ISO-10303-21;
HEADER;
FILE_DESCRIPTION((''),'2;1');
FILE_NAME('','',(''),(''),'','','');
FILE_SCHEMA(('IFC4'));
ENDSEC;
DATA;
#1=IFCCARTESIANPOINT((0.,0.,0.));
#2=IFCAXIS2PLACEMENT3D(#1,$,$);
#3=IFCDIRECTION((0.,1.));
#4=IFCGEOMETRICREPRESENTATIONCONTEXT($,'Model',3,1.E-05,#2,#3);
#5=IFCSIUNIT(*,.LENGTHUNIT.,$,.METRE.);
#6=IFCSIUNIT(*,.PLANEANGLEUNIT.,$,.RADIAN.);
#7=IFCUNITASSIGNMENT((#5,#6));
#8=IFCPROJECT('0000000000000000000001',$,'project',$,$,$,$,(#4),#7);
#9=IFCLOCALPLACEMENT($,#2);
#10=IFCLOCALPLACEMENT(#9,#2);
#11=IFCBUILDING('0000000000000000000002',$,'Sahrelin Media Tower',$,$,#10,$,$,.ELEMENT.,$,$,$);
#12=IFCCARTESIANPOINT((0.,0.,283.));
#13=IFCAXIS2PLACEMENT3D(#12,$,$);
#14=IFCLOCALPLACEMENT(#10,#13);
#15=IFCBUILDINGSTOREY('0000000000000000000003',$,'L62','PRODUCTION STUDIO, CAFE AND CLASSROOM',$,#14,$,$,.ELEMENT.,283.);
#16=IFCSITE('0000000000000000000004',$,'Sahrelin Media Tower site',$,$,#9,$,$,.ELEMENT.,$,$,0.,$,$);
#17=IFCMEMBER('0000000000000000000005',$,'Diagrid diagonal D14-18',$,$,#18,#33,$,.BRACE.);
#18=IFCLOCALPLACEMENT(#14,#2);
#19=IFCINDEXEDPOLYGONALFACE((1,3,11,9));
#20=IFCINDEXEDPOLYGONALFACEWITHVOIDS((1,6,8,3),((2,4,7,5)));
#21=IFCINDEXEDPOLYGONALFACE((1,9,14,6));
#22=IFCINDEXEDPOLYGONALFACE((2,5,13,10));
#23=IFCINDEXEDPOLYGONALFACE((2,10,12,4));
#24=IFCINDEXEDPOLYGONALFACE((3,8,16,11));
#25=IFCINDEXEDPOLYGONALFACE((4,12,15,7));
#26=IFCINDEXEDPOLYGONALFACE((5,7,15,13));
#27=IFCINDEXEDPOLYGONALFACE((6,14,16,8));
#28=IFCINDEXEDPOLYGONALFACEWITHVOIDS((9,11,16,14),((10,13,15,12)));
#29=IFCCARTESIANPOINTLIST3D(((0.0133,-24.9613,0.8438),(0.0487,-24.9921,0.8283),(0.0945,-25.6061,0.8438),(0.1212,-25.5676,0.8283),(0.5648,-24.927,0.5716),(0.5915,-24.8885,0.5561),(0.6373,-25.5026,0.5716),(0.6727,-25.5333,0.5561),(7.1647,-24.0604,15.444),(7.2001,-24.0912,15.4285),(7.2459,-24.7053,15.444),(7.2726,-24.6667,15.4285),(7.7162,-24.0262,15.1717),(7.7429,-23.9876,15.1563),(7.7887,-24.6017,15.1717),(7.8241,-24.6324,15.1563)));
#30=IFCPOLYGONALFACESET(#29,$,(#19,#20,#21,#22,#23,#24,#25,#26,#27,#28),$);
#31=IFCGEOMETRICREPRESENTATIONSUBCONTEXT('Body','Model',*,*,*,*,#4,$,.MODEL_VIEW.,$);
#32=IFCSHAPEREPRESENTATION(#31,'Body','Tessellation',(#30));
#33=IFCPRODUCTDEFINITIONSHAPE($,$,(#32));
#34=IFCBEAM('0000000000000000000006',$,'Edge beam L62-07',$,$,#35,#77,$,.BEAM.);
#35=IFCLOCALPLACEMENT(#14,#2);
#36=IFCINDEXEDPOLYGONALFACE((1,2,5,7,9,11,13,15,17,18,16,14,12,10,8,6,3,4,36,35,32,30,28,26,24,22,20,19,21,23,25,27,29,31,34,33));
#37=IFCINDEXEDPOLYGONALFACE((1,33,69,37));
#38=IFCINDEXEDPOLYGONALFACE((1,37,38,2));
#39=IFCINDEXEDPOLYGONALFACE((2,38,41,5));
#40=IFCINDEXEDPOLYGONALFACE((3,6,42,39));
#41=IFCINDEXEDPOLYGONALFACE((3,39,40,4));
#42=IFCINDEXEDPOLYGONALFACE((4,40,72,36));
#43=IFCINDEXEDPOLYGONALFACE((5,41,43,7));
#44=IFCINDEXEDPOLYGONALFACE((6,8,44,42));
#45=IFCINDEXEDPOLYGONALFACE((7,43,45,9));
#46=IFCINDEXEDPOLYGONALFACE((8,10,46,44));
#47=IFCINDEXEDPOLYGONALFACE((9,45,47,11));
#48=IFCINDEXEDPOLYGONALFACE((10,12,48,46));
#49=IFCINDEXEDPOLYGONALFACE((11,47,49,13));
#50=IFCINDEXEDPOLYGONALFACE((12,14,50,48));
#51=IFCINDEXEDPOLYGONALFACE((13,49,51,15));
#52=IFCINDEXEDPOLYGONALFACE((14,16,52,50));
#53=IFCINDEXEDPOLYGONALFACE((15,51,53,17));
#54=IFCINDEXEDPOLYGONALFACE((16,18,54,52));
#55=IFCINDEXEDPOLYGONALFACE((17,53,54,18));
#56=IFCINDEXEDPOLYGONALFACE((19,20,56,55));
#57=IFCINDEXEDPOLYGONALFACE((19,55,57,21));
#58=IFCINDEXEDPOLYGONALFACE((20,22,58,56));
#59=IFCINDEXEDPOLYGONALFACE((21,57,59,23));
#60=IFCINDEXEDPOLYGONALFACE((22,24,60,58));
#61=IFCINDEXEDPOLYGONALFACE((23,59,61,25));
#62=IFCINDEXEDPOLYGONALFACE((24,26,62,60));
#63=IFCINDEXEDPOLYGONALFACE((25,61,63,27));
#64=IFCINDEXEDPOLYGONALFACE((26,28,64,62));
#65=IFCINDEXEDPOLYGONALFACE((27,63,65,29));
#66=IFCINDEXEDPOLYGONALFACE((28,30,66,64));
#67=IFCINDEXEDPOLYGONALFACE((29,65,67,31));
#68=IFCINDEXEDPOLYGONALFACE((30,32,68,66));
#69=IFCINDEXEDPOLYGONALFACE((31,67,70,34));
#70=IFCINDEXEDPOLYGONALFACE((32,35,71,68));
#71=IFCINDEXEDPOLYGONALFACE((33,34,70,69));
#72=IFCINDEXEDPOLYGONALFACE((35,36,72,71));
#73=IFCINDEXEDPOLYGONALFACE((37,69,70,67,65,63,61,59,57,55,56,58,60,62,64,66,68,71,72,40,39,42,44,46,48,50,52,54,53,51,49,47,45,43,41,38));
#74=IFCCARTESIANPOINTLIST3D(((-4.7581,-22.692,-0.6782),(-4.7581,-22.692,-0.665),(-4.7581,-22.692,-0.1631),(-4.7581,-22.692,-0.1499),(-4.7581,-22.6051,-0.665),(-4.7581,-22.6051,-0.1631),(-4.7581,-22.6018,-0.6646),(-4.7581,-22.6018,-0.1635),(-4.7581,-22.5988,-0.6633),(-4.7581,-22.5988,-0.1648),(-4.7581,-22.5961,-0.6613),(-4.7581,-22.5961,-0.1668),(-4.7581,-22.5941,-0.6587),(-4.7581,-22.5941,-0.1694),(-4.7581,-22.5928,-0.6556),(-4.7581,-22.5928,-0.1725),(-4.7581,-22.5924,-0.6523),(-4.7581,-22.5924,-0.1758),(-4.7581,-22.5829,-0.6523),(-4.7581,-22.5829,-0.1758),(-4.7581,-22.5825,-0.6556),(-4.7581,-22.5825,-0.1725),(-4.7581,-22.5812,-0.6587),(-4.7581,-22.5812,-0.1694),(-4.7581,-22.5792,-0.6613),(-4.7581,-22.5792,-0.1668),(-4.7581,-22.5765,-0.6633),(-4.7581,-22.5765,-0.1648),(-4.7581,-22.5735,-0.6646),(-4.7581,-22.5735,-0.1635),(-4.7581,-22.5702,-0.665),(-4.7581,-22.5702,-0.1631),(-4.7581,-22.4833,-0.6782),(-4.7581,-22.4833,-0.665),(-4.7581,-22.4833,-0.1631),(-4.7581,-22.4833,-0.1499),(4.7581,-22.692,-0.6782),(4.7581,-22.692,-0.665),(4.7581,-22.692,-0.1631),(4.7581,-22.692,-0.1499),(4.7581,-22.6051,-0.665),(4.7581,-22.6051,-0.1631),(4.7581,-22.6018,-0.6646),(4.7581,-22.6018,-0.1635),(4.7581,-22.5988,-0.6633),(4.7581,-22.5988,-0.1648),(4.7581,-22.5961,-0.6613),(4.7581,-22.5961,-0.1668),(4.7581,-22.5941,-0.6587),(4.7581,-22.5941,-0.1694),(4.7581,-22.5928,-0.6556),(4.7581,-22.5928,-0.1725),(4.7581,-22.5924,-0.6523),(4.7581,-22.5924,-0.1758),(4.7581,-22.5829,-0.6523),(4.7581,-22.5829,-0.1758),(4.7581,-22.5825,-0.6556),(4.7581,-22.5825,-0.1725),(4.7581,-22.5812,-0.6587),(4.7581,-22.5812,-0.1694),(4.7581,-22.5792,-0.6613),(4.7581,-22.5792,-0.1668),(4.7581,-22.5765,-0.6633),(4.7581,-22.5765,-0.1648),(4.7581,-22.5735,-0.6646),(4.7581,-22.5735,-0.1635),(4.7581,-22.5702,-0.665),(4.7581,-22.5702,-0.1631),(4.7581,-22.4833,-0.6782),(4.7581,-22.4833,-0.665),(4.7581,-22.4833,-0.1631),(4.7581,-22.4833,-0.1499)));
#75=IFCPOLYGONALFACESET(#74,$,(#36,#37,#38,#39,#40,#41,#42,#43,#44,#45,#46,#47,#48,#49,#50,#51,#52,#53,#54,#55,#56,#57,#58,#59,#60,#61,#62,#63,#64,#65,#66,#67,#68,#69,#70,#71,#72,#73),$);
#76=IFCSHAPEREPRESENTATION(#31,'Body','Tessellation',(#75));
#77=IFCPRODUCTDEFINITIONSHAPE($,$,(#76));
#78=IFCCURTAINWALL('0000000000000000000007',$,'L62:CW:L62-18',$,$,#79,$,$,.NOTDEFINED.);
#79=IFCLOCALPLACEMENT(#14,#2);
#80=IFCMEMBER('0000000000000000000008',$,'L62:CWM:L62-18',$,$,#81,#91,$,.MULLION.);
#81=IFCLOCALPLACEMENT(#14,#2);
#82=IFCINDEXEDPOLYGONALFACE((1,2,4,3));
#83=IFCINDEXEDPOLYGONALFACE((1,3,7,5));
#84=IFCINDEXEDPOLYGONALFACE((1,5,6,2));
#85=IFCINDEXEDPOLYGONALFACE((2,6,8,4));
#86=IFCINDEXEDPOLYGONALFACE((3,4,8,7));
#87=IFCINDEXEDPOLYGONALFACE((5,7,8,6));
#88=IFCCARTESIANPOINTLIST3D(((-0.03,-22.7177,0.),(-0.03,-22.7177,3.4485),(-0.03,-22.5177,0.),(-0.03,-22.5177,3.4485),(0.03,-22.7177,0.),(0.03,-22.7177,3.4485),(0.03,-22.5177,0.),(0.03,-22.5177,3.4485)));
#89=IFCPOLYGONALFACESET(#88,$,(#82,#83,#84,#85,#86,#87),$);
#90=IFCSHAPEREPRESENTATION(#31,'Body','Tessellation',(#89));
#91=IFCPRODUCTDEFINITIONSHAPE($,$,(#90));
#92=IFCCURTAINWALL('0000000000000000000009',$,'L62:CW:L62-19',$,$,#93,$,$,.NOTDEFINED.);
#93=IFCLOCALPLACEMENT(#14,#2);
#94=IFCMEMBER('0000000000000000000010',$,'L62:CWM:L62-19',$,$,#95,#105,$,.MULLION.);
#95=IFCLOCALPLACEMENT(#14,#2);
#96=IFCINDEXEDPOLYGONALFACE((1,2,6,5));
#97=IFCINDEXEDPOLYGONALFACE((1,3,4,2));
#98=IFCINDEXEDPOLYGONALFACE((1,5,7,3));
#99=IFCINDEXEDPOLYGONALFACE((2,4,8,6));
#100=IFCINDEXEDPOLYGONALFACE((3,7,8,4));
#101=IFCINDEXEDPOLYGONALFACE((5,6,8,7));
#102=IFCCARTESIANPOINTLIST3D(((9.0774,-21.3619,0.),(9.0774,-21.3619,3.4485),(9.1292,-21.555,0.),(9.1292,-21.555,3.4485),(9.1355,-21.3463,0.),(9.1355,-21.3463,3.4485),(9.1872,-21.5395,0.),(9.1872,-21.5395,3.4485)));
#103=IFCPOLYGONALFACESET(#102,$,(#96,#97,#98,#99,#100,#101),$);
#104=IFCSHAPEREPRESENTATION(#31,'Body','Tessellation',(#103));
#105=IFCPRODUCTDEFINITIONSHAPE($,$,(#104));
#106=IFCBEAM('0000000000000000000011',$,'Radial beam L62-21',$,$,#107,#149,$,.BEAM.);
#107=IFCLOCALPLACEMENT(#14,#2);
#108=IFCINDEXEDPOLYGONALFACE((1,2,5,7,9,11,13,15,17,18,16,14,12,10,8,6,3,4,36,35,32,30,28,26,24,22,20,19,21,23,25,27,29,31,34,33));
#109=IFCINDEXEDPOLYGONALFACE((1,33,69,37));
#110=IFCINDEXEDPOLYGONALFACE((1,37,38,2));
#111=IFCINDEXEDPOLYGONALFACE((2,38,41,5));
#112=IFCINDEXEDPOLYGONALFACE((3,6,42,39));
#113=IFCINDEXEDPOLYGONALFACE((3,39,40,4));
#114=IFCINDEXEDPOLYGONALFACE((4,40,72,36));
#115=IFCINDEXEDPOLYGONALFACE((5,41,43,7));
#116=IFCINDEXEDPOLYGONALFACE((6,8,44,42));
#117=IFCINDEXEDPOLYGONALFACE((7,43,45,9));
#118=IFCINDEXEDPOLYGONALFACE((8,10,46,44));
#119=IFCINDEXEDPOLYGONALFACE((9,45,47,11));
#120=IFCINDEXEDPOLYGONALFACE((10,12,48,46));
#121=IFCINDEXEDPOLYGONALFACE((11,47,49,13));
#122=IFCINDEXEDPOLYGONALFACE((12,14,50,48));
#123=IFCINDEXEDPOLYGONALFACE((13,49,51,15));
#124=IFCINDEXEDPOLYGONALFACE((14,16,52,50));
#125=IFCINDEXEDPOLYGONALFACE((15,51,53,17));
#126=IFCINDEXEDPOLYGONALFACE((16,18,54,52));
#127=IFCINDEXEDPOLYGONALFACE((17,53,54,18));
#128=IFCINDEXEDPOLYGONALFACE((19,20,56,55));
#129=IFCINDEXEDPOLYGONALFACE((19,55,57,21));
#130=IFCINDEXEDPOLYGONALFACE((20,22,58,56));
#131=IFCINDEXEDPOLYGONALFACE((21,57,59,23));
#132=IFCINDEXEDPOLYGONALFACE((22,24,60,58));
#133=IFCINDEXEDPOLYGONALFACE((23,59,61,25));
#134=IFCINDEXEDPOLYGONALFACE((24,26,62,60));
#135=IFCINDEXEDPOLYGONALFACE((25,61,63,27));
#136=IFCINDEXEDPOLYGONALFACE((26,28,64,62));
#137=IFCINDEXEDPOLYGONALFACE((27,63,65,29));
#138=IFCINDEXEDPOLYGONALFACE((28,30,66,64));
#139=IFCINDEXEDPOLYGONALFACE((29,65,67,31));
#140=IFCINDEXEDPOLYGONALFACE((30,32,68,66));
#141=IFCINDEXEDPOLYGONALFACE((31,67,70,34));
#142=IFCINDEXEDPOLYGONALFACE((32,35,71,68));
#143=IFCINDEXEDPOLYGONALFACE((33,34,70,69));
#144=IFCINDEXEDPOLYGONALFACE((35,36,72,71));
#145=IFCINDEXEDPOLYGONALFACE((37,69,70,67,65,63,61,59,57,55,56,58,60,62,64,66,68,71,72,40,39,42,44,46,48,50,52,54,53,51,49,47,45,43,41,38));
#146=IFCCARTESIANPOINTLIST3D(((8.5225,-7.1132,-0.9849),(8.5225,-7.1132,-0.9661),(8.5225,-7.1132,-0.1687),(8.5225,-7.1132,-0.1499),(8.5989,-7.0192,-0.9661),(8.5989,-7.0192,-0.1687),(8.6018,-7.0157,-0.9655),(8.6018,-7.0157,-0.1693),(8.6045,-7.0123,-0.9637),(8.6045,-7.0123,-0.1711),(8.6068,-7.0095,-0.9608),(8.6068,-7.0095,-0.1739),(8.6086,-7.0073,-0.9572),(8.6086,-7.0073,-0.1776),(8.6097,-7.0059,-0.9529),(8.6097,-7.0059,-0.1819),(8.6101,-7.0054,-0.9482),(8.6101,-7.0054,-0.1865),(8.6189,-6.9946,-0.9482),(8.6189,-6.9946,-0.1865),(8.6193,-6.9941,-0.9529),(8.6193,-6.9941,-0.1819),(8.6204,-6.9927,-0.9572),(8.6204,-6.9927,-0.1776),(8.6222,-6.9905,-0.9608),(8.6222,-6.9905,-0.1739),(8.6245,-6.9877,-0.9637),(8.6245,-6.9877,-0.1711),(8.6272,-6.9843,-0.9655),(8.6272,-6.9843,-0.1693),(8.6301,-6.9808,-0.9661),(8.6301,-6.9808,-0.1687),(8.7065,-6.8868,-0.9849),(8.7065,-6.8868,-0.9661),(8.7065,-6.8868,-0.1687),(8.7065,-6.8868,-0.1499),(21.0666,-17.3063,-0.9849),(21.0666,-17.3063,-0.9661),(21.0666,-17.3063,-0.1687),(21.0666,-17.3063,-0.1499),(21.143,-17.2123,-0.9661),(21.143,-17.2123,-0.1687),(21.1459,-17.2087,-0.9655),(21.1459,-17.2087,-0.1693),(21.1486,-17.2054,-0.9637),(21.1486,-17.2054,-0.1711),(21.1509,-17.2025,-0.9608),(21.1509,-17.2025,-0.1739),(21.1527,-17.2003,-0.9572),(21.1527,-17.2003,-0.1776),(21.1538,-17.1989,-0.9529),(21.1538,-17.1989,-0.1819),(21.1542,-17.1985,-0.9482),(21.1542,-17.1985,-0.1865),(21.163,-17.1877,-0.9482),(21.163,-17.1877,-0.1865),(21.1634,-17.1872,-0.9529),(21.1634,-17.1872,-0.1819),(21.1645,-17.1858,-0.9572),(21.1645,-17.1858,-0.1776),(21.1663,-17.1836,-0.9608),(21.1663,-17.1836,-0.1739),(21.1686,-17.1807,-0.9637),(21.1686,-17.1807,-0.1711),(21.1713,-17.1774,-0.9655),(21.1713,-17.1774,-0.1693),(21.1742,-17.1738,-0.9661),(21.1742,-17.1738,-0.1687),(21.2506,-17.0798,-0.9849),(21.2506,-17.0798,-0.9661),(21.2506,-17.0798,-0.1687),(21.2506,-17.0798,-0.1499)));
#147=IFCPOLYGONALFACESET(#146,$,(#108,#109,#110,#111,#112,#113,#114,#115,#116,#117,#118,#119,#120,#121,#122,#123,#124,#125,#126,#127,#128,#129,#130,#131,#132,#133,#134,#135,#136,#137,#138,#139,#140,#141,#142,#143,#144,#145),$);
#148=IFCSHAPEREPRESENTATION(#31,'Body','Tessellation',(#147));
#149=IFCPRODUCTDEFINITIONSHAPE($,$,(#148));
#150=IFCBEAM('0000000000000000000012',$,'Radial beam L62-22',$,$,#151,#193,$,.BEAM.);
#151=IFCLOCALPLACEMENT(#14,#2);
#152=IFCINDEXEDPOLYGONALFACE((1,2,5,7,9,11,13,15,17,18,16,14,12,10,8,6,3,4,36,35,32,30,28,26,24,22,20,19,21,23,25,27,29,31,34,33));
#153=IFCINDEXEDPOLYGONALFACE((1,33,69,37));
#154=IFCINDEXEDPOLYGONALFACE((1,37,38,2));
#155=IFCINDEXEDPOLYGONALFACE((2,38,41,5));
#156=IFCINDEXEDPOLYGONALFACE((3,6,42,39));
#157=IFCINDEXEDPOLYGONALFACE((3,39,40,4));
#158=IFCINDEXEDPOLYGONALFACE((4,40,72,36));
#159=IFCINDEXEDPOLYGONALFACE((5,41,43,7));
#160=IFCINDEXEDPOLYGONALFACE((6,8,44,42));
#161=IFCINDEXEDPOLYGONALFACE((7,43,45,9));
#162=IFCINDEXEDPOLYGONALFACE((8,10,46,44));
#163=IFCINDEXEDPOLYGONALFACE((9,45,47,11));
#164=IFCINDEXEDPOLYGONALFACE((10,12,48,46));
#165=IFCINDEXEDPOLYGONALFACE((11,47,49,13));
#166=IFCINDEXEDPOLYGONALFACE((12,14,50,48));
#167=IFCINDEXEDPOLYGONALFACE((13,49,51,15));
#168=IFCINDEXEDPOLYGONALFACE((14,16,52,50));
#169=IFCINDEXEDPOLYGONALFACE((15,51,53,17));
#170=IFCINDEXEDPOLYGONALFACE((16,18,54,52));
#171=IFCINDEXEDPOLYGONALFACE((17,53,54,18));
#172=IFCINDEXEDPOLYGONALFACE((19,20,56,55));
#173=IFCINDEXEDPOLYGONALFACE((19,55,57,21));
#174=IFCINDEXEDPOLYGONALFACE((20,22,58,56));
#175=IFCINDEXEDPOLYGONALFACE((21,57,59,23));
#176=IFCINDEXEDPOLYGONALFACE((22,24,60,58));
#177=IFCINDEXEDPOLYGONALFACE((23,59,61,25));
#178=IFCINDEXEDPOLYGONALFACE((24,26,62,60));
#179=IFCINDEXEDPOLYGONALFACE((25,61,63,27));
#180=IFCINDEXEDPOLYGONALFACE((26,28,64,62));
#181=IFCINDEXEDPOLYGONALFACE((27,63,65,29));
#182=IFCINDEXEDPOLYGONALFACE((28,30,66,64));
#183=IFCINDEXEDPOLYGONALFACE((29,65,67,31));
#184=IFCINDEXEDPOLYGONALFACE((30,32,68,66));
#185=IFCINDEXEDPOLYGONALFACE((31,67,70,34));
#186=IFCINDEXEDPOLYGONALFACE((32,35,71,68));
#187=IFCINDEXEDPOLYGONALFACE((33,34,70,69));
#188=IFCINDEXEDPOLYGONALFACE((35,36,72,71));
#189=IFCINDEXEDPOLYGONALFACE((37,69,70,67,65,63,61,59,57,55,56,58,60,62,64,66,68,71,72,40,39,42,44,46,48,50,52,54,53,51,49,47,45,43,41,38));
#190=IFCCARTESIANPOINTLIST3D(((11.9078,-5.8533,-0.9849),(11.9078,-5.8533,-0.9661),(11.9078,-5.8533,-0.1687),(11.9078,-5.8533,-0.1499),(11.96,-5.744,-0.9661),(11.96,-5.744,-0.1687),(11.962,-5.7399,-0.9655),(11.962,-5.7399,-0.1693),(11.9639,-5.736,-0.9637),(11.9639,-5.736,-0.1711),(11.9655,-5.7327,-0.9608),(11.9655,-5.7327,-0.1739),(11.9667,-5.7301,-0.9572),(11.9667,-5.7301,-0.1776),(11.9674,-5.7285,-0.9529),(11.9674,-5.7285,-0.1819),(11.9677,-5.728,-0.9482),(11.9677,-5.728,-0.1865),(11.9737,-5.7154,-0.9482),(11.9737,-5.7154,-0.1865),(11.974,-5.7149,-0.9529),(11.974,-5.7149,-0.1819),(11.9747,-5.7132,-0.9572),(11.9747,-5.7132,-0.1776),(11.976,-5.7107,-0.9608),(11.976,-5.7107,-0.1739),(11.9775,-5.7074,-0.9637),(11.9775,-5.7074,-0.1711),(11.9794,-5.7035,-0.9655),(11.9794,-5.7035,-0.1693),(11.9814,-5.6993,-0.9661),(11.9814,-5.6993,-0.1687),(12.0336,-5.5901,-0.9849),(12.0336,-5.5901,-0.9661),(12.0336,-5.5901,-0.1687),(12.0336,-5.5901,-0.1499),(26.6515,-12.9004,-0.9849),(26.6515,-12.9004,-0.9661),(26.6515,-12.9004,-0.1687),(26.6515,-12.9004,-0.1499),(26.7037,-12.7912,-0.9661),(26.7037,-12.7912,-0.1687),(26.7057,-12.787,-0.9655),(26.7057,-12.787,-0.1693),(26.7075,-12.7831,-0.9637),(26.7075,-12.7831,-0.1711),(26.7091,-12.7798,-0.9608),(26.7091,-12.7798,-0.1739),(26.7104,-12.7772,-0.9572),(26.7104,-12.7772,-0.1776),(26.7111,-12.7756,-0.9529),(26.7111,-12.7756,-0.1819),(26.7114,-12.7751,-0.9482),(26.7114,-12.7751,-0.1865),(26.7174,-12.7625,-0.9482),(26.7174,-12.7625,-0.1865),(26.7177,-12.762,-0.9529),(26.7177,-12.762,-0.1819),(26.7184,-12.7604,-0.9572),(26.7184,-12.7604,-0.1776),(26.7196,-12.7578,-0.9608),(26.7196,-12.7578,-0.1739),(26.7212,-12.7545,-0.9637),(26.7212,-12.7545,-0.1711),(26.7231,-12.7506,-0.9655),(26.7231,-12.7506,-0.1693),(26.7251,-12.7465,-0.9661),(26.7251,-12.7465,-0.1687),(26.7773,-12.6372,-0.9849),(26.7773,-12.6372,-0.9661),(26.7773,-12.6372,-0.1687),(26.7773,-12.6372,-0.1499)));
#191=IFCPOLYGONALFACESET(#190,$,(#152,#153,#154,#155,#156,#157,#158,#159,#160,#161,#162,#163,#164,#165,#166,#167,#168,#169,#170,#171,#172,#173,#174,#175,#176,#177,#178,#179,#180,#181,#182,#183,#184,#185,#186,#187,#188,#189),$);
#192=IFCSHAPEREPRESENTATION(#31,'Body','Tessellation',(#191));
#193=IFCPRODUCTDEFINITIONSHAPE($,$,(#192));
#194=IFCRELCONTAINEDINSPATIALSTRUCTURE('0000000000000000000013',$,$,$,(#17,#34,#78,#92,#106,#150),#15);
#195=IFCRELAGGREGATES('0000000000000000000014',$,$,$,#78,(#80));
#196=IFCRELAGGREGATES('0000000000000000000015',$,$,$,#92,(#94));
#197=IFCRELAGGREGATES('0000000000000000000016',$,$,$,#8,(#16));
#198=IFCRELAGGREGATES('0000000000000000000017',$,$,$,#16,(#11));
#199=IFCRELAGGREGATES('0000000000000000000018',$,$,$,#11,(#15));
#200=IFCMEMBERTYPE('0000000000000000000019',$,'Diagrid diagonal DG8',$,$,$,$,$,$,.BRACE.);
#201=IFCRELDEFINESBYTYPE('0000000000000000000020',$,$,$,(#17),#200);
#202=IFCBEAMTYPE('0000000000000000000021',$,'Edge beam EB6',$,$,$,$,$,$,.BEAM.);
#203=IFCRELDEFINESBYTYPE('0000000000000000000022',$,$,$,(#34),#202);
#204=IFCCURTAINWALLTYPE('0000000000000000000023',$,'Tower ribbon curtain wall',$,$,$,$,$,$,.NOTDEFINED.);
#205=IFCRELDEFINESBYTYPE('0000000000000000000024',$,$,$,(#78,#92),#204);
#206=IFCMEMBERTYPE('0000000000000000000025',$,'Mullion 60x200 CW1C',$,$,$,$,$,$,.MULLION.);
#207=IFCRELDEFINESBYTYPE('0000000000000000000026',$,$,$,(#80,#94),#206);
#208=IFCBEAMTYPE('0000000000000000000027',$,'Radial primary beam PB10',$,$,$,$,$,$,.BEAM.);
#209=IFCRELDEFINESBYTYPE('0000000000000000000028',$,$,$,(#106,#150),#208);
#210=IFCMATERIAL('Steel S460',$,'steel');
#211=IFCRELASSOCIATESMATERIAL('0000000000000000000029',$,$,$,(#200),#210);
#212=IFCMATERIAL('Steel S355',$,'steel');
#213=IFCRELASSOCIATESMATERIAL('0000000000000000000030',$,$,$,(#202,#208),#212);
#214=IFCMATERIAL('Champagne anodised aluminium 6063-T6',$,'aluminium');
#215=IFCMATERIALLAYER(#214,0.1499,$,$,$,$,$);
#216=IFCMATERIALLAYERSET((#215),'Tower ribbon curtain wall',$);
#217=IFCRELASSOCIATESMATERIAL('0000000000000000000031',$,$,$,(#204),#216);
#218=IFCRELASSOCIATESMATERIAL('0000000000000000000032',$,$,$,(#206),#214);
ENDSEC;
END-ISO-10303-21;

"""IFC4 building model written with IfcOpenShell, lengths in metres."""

from ifc_helpers import new_model, si_unit, direction, frame, origin, origin_2d, place, context, subcontext, project, spatial, rectangle, hollow_rectangle, i_section, extrude, material, layer, layer_set, material_profile, profile_set, type_object, element, aggregate, save


model = new_model("IFC4")

# Units and contexts
model_context = context("Model", 3, precision=1e-05, world=origin(), true_north=direction((0.0, 1.0)))
body_context = subcontext(model_context, "Body", "Model", "MODEL_VIEW")
ifc_project = project(units=[si_unit("LENGTHUNIT", "METRE"), si_unit("PLANEANGLEUNIT", "RADIAN")], contexts=[model_context])

# Site, building, storey
site_placement = place(None, origin())
site = spatial("IfcSite", under=ifc_project, at=site_placement, Name="Sahrelin Media Tower site", CompositionType="ELEMENT", RefElevation=0.0)
building_placement = place(site_placement, origin())
building = spatial("IfcBuilding", under=site, at=building_placement, Name="Sahrelin Media Tower", CompositionType="ELEMENT")
storey_placement = place(building_placement, frame((0.0, 0.0, 283.0)))
storey = spatial("IfcBuildingStorey", under=building, at=storey_placement, Name="L62", Description="PRODUCTION STUDIO, CAFE AND CLASSROOM", CompositionType="ELEMENT", Elevation=283.0)

# Member
ifc_material_1 = material(Name="Steel S460", Category="steel")
ifc_material_profile_1 = material_profile(ifc_material_1, hollow_rectangle(XDim=0.6499, YDim=0.6499, WallThickness=0.0349, at=origin_2d()), Name="Diagrid diagonal DG8")
ifc_profile_set_1 = profile_set([ifc_material_profile_1], Name="Steel S460")
member_type_1 = type_object("IfcMemberType", Name="Diagrid diagonal DG8", PredefinedType="BRACE", material=ifc_profile_set_1)
member_1_placement = place(storey_placement, frame((0.343, -25.2473, 0.7), z_axis=(0.439208, 0.055328, 0.89668), x_axis=(-0.124985, 0.992159, 0.0)))
element("IfcMember", 1, at=member_1_placement, inside=storey, type_object=member_type_1, Name="Diagrid diagonal D14-18", PredefinedType="BRACE", context=body_context, shape_type="SweptSolid", body=[
    extrude(hollow_rectangle(XDim=0.6499, YDim=0.6499, WallThickness=0.0349, at=origin_2d()), origin(), (0.0, 0.0, 1.0), 16.2825),
])

# Beam
ifc_material_2 = material(Name="Steel S355", Category="steel")
ifc_material_profile_2 = material_profile(ifc_material_2, i_section(OverallWidth=0.2087, OverallDepth=0.5283, WebThickness=0.0095, FlangeThickness=0.0132, FilletRadius=0.0127, at=origin_2d()), Name="UB 533x210x82")
ifc_profile_set_2 = profile_set([ifc_material_profile_2], Name="Steel S355")
beam_type_1 = type_object("IfcBeamType", Name="Edge beam EB6", PredefinedType="BEAM", material=ifc_profile_set_2)
beam_1_placement = place(storey_placement, frame((4.7581, -22.5876, -0.4141), z_axis=(-1.0, 0.0, 0.0), x_axis=(0.0, -1.0, 0.0)))
element("IfcBeam", 2, at=beam_1_placement, inside=storey, type_object=beam_type_1, Name="Edge beam L62-07", PredefinedType="BEAM", context=body_context, shape_type="SweptSolid", body=[
    extrude(i_section(OverallWidth=0.2087, OverallDepth=0.5283, WebThickness=0.0095, FlangeThickness=0.0132, FilletRadius=0.0127, at=origin_2d()), origin(), (0.0, 0.0, 1.0), 9.5161),
])

# Curtain walls, members
ifc_material_3 = material(Name="Champagne anodised aluminium 6063-T6", Category="aluminium")
ifc_layer_1 = layer(ifc_material_3, 0.1499)
ifc_layer_set_1 = layer_set([ifc_layer_1], Name="Tower ribbon curtain wall")
curtain_wall_type = type_object("IfcCurtainWallType", Name="Tower ribbon curtain wall", PredefinedType="NOTDEFINED", material=ifc_layer_set_1)
curtain_wall_1_placement = place(storey_placement, frame((0.0, -22.7378, 0.0), z_axis=(0.0, 0.0, 1.0), x_axis=(1.0, 0.0, 0.0)))
curtain_wall_1 = element("IfcCurtainWall", 3, at=curtain_wall_1_placement, inside=storey, type_object=curtain_wall_type, Name="L62:CW:L62-18", PredefinedType="NOTDEFINED")
ifc_material_profile_3 = material_profile(ifc_material_3, rectangle(XDim=0.0601, YDim=0.2, at=origin_2d()), Name="Mullion 60x200")
ifc_profile_set_3 = profile_set([ifc_material_profile_3], Name="Champagne anodised aluminium 6063-T6")
member_type_2 = type_object("IfcMemberType", Name="Mullion 60x200 CW1C", PredefinedType="MULLION", material=ifc_profile_set_3)
member_2_placement = place(storey_placement, frame((0.0, -22.6177, 0.0), z_axis=(0.0, 0.0, 1.0), x_axis=(1.0, 0.0, 0.0)))
member_2 = element("IfcMember", 4, at=member_2_placement, type_object=member_type_2, Name="L62:CWM:L62-18", PredefinedType="MULLION", context=body_context, shape_type="SweptSolid", body=[
    extrude(rectangle(XDim=0.0601, YDim=0.2, at=origin_2d()), origin(), (0.0, 0.0, 1.0), 3.4485),
])
aggregate(curtain_wall_1, [member_2])
curtain_wall_2_placement = place(storey_placement, frame((9.1633, -21.5664, 0.0), z_axis=(0.0, 0.0, 1.0), x_axis=(1.0, 0.0, 0.0)))
curtain_wall_2 = element("IfcCurtainWall", 5, at=curtain_wall_2_placement, inside=storey, type_object=curtain_wall_type, Name="L62:CW:L62-19", PredefinedType="NOTDEFINED")
member_3_placement = place(storey_placement, frame((9.1323, -21.4507, 0.0), z_axis=(0.0, 0.0, 1.0), x_axis=(0.965928, 0.258812, 0.0)))
member_3 = element("IfcMember", 6, at=member_3_placement, type_object=member_type_2, Name="L62:CWM:L62-19", PredefinedType="MULLION", context=body_context, shape_type="SweptSolid", body=[
    extrude(rectangle(XDim=0.0601, YDim=0.2, at=origin_2d()), origin(), (0.0, 0.0, 1.0), 3.4485),
])

# Beams
ifc_material_profile_4 = material_profile(ifc_material_2, i_section(OverallWidth=0.2917, OverallDepth=0.835, WebThickness=0.0139, FlangeThickness=0.0188, FilletRadius=0.0178, at=origin_2d()), Name="UB 838x292x176")
ifc_profile_set_4 = profile_set([ifc_material_profile_4], Name="Steel S355")
beam_type_2 = type_object("IfcBeamType", Name="Radial primary beam PB10", PredefinedType="BEAM", material=ifc_profile_set_4)
beam_2_placement = place(storey_placement, frame((8.6145, -7.0, -0.5674), z_axis=(0.776085, -0.630628, 0.0), x_axis=(0.630628, 0.776085, 0.0)))
element("IfcBeam", 7, at=beam_2_placement, inside=storey, type_object=beam_type_2, Name="Radial beam L62-21", PredefinedType="BEAM", context=body_context, shape_type="SweptSolid", body=[
    extrude(i_section(OverallWidth=0.2917, OverallDepth=0.835, WebThickness=0.0139, FlangeThickness=0.0188, FilletRadius=0.0178, at=origin_2d()), origin(), (0.0, 0.0, 1.0), 16.1633),
])
beam_3_placement = place(storey_placement, frame((11.9707, -5.7217, -0.5674), z_axis=(0.902234, -0.431247, 0.0), x_axis=(0.431247, 0.902234, 0.0)))
element("IfcBeam", 8, at=beam_3_placement, inside=storey, type_object=beam_type_2, Name="Radial beam L62-22", PredefinedType="BEAM", context=body_context, shape_type="SweptSolid", body=[
    extrude(i_section(OverallWidth=0.2917, OverallDepth=0.835, WebThickness=0.0139, FlangeThickness=0.0188, FilletRadius=0.0178, at=origin_2d()), origin(), (0.0, 0.0, 1.0), 16.3413),
])

aggregate(curtain_wall_2, [member_3])

save(model, "model.ifc")
